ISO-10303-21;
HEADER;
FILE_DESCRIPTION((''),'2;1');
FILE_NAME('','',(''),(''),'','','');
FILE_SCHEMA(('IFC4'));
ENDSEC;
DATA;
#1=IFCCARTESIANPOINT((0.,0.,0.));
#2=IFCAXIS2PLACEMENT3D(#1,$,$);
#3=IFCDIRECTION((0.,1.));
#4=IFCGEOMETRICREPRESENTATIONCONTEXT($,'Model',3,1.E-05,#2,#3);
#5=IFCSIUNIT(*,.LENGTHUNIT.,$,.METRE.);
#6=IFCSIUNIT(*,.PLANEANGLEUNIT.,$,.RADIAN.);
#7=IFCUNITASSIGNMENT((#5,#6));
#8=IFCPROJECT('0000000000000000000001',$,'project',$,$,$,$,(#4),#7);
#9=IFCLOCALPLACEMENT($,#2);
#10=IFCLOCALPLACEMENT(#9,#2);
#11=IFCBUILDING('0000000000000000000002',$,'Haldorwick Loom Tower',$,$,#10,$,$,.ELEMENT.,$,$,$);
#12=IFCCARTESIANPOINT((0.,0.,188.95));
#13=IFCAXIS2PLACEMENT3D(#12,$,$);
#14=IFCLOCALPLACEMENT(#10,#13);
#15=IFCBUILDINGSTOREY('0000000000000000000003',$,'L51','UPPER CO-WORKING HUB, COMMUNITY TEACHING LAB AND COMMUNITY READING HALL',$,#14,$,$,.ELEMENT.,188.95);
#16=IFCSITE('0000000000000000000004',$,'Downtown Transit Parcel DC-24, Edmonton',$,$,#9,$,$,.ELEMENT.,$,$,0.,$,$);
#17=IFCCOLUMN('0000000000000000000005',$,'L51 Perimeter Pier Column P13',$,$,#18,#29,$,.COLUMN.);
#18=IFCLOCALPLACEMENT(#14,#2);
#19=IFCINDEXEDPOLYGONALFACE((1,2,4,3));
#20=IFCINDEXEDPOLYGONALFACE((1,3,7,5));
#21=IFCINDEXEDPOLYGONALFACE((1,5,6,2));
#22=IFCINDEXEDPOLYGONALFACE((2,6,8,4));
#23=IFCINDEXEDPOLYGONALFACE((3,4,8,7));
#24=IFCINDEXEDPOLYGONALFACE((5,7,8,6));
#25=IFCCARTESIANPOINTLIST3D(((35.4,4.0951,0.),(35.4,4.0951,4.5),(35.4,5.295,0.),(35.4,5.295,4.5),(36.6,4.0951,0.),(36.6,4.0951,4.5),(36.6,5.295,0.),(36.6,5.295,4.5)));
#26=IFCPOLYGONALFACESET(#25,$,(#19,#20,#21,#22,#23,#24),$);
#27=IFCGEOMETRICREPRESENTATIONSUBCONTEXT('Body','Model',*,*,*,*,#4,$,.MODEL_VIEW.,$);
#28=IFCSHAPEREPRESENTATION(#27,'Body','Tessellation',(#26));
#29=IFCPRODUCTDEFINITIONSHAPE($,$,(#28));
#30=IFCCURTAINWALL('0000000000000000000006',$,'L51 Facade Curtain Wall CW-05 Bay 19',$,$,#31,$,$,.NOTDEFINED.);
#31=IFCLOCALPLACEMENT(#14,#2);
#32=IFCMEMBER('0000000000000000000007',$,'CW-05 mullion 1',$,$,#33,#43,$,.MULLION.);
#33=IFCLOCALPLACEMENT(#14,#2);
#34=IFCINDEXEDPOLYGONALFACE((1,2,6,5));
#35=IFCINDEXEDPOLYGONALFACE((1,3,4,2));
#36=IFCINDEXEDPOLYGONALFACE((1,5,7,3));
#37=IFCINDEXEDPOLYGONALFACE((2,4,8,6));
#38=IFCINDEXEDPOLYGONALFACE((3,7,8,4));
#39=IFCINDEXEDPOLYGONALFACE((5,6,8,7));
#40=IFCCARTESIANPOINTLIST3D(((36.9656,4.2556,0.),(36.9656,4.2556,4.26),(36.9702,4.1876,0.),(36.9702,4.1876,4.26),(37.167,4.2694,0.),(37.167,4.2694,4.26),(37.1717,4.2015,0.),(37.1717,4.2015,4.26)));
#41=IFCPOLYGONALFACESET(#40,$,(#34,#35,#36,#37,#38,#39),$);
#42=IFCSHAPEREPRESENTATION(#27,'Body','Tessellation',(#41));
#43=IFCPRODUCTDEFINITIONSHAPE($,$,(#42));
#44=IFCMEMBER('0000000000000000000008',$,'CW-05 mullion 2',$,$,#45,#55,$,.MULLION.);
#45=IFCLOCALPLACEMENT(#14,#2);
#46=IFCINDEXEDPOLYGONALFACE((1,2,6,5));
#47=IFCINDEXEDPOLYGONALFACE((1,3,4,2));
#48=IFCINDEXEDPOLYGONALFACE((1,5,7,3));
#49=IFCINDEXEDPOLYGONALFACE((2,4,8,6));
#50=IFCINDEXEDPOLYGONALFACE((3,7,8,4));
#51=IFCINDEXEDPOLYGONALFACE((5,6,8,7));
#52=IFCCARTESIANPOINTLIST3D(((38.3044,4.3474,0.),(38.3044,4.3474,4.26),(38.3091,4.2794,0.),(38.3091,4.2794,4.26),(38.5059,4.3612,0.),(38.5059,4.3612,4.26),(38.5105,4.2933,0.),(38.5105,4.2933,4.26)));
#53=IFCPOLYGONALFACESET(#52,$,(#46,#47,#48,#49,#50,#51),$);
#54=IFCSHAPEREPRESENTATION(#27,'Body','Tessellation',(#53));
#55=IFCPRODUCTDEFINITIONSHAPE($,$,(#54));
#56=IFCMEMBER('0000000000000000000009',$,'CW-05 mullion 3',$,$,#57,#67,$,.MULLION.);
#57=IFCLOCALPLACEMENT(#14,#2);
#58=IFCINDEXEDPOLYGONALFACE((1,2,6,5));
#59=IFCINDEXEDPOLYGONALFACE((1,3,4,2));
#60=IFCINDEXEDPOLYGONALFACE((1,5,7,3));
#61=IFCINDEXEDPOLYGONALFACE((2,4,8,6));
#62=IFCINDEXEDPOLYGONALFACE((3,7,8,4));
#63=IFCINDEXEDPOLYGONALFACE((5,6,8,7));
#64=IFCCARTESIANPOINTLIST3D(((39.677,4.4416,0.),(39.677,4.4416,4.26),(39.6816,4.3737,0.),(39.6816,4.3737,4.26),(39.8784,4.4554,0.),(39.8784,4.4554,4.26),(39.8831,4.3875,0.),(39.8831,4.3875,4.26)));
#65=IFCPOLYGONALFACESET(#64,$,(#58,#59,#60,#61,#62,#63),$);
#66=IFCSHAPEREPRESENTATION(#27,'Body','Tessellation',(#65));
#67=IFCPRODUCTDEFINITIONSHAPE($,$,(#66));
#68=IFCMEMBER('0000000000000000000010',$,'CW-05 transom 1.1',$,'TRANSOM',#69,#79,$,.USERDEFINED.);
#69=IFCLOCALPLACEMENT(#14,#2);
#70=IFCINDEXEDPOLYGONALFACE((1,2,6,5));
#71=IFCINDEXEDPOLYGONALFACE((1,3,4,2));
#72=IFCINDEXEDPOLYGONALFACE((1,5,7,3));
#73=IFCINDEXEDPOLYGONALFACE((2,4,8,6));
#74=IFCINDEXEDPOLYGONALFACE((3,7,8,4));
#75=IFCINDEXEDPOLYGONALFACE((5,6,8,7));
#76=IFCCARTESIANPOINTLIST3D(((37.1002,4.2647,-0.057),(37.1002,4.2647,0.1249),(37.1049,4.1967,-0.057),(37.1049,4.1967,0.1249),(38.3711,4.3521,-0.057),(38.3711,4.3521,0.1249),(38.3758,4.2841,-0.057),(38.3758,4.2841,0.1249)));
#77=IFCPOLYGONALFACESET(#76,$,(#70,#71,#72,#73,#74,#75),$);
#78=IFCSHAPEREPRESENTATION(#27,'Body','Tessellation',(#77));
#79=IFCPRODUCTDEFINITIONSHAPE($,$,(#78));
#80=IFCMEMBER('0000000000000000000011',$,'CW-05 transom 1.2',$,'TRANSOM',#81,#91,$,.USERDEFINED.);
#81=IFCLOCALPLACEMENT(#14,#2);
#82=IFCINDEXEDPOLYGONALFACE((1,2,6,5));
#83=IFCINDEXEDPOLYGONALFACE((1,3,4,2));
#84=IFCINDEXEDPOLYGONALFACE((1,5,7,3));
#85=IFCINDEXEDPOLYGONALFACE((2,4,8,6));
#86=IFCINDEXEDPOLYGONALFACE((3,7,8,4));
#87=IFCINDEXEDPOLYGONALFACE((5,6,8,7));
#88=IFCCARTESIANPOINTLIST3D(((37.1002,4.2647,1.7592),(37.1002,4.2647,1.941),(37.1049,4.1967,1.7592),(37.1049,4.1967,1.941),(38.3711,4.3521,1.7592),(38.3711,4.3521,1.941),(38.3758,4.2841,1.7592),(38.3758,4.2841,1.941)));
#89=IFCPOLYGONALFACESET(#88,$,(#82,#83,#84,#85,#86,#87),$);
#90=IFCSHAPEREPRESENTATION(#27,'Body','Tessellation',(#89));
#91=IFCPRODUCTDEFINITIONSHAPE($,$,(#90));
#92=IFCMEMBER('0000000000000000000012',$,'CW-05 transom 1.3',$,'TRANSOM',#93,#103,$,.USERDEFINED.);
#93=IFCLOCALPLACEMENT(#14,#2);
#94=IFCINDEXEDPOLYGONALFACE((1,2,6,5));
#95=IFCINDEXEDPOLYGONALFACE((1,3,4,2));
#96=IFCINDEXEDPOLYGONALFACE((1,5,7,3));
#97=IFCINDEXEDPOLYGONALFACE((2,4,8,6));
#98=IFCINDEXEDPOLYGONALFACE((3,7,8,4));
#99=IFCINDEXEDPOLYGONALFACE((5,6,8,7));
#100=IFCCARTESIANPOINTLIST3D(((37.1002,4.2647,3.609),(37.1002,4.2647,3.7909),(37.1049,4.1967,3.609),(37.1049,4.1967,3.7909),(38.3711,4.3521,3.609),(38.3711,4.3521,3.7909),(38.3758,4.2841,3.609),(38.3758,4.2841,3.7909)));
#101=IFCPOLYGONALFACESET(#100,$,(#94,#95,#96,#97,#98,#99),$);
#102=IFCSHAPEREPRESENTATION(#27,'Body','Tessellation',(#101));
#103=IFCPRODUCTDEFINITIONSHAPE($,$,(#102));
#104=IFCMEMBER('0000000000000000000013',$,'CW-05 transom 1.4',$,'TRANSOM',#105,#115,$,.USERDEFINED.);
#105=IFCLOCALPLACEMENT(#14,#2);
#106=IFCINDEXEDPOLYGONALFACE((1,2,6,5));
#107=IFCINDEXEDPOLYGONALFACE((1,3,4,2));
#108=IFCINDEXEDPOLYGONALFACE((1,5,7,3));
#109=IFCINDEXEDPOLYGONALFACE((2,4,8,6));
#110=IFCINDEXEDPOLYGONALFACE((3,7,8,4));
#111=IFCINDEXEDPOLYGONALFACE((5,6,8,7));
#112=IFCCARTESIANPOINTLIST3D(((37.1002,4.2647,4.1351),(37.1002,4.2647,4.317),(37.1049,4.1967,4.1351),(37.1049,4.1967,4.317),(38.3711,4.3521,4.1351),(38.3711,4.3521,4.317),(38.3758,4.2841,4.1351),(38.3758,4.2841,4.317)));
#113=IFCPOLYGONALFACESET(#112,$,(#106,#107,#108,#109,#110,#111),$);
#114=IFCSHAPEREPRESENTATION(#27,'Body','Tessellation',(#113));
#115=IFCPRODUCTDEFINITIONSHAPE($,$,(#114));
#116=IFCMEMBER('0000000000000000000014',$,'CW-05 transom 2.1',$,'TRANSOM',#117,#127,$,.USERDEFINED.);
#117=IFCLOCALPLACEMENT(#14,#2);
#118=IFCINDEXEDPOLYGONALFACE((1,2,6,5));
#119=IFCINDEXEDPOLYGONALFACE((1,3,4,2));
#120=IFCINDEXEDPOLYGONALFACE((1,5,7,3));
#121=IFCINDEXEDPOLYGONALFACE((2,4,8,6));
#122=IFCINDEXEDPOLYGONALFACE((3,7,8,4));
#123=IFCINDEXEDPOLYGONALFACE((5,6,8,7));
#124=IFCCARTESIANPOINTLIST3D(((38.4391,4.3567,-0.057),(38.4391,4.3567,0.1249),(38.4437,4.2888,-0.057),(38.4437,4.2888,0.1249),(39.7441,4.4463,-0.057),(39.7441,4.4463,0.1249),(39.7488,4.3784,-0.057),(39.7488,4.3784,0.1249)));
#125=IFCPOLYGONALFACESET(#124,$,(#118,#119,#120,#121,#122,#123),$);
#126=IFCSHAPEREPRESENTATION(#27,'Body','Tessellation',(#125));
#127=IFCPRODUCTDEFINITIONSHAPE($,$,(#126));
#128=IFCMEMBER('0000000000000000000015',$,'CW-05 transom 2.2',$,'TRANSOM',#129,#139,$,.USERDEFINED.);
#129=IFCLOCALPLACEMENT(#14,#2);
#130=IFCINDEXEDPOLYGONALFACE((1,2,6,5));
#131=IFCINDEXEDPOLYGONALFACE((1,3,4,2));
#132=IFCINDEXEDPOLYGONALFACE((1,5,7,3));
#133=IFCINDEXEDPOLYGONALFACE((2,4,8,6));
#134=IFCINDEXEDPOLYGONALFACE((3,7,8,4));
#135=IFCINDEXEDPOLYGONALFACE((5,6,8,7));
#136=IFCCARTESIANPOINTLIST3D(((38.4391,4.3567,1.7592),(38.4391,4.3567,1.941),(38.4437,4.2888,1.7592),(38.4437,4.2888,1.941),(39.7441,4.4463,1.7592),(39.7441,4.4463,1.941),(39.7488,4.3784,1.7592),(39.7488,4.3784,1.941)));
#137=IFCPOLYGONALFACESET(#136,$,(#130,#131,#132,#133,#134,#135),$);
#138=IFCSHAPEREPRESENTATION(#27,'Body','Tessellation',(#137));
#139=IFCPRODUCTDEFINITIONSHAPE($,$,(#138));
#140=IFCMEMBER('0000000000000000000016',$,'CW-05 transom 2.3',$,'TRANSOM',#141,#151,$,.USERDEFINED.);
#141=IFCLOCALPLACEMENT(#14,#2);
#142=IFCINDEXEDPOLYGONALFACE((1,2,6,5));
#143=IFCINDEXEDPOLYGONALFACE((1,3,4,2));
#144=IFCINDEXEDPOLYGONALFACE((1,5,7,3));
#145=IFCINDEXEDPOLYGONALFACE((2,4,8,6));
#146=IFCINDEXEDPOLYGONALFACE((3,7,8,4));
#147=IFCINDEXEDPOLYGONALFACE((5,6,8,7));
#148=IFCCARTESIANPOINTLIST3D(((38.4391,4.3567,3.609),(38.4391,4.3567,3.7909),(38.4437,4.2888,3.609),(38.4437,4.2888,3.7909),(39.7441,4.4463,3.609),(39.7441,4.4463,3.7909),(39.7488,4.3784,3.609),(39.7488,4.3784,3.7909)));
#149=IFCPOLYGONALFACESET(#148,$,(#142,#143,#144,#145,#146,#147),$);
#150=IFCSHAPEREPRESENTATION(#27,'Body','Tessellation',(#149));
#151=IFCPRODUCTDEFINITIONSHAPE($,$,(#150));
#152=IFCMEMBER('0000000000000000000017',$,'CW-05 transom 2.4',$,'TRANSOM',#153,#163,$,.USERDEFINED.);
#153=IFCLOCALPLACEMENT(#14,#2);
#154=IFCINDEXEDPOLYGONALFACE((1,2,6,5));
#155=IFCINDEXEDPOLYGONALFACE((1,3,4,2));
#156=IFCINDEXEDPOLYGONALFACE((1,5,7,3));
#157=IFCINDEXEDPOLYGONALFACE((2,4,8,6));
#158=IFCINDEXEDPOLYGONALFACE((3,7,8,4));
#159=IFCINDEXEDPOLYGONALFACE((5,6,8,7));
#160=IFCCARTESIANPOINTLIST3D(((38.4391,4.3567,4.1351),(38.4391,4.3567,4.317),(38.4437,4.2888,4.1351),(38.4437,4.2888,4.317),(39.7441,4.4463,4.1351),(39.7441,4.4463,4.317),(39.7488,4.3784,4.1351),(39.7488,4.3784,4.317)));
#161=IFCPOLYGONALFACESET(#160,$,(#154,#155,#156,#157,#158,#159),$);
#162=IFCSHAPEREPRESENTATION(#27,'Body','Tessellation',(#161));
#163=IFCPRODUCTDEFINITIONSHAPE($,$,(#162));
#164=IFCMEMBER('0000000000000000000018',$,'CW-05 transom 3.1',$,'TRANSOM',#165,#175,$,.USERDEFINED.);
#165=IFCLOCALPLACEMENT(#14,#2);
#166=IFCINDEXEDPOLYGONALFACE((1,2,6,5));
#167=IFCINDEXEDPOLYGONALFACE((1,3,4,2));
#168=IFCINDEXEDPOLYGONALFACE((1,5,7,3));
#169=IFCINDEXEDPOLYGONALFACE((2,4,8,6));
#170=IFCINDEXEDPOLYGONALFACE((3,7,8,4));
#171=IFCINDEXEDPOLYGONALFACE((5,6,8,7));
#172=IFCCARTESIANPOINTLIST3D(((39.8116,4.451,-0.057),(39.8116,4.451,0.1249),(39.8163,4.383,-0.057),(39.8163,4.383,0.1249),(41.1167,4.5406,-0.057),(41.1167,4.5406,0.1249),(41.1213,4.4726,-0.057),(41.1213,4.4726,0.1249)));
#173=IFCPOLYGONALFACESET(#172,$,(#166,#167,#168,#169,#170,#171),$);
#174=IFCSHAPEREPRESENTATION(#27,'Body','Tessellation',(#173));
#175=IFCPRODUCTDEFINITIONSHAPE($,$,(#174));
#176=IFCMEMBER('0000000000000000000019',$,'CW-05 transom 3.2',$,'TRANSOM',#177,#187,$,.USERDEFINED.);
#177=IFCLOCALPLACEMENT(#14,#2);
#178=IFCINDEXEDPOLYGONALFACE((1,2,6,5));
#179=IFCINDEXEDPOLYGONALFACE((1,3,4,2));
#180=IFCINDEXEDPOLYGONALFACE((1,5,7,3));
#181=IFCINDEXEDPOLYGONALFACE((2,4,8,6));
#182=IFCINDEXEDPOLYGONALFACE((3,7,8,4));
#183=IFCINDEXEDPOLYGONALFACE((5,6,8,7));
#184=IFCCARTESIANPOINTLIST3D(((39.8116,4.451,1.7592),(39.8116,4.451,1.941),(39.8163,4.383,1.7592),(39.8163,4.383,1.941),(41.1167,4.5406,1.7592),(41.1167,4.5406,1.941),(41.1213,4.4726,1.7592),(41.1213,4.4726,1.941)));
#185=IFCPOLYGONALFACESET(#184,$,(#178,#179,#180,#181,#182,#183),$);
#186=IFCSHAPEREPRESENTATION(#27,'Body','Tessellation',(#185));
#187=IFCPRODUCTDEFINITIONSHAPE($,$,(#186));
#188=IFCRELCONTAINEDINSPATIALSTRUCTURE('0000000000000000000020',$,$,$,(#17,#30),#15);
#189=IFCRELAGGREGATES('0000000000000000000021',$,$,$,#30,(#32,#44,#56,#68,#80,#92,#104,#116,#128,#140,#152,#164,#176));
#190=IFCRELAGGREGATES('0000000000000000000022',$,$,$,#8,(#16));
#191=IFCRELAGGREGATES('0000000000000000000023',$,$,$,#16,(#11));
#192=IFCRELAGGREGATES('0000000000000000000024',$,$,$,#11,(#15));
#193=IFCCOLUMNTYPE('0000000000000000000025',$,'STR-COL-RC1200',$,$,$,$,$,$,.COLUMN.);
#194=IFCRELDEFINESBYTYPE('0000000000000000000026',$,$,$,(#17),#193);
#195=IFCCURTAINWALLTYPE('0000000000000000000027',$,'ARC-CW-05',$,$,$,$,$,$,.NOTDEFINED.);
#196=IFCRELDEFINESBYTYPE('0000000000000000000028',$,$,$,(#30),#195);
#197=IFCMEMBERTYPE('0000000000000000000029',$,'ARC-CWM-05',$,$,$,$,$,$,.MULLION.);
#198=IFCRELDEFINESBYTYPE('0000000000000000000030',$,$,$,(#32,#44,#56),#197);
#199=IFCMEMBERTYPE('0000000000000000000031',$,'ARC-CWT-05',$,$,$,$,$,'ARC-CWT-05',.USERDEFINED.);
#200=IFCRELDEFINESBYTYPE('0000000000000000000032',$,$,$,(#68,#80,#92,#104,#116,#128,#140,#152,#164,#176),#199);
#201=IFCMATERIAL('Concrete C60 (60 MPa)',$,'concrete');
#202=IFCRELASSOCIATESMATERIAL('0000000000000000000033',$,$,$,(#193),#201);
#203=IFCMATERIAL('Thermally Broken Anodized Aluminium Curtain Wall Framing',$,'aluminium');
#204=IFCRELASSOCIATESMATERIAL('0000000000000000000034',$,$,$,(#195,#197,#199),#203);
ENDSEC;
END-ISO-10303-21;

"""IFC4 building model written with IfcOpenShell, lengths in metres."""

from ifc_helpers import new_model, si_unit, direction, frame, origin, origin_2d, place, context, subcontext, project, spatial, rectangle, extrude, material, material_profile, profile_set, type_object, element, aggregate, save


model = new_model("IFC4")

# Units and contexts
model_context = context("Model", 3, precision=1e-05, world=origin(), true_north=direction((0.0, 1.0)))
body_context = subcontext(model_context, "Body", "Model", "MODEL_VIEW")
ifc_project = project(units=[si_unit("LENGTHUNIT", "METRE"), si_unit("PLANEANGLEUNIT", "RADIAN")], contexts=[model_context])

# Site, building, storey
site_placement = place(None, origin())
site = spatial("IfcSite", under=ifc_project, at=site_placement, Name="Downtown Transit Parcel DC-24, Edmonton", CompositionType="ELEMENT", RefElevation=0.0)
building_placement = place(site_placement, origin())
building = spatial("IfcBuilding", under=site, at=building_placement, Name="Haldorwick Loom Tower", CompositionType="ELEMENT")
storey_placement = place(building_placement, frame((0.0, 0.0, 188.95)))
storey = spatial("IfcBuildingStorey", under=building, at=storey_placement, Name="L51", Description="UPPER CO-WORKING HUB, COMMUNITY TEACHING LAB AND COMMUNITY READING HALL", CompositionType="ELEMENT", Elevation=188.95)

# Column
ifc_material_1 = material(Name="Concrete C60 (60 MPa)", Category="concrete")
ifc_material_profile_1 = material_profile(ifc_material_1, rectangle(XDim=1.2, YDim=1.2, at=origin_2d()), Name="RC1200X1200", Category="concrete")
ifc_profile_set_1 = profile_set([ifc_material_profile_1], Name="Concrete C60 (60 MPa)")
column_type = type_object("IfcColumnType", Name="STR-COL-RC1200", PredefinedType="COLUMN", material=ifc_profile_set_1)
column_placement = place(storey_placement, frame((36.0, 4.6951, 0.0), z_axis=(0.0, 0.0, 1.0), x_axis=(0.0, -1.0, 0.0)))
element("IfcColumn", 1, at=column_placement, inside=storey, type_object=column_type, Name="L51 Perimeter Pier Column P13", PredefinedType="COLUMN", context=body_context, shape_type="SweptSolid", body=[
    extrude(rectangle(XDim=1.2, YDim=1.2, at=origin_2d()), origin(), (0.0, 0.0, 1.0), 4.5),
])

# Curtain wall, members
ifc_material_2 = material(Name="Thermally Broken Anodized Aluminium Curtain Wall Framing", Category="aluminium")
curtain_wall_type = type_object("IfcCurtainWallType", Name="ARC-CW-05", PredefinedType="NOTDEFINED", material=ifc_material_2)
curtain_wall_placement = place(storey_placement, origin())
curtain_wall = element("IfcCurtainWall", 2, at=curtain_wall_placement, inside=storey, type_object=curtain_wall_type, Name="L51 Facade Curtain Wall CW-05 Bay 19", PredefinedType="NOTDEFINED")
ifc_material_profile_2 = material_profile(ifc_material_2, rectangle(XDim=0.0681, YDim=0.2019, at=origin_2d()), Name="ALU_MUL_68X202", Category="aluminium")
ifc_profile_set_2 = profile_set([ifc_material_profile_2], Name="Thermally Broken Anodized Aluminium Curtain Wall Framing")
member_type_1 = type_object("IfcMemberType", Name="ARC-CWM-05", PredefinedType="MULLION", material=ifc_profile_set_2)
member_1_placement = place(storey_placement, frame((37.0686, 4.2285, 0.0), z_axis=(0.0, 0.0, 1.0), x_axis=(-0.068513, 0.99765, 0.0)))
member_1 = element("IfcMember", 3, at=member_1_placement, type_object=member_type_1, Name="CW-05 mullion 1", PredefinedType="MULLION", context=body_context, shape_type="SweptSolid", body=[
    extrude(rectangle(XDim=0.0681, YDim=0.2019, at=origin_2d()), origin(), (0.0, 0.0, 1.0), 4.26),
])
member_2_placement = place(storey_placement, frame((38.4075, 4.3203, 0.0), z_axis=(0.0, 0.0, 1.0), x_axis=(-0.068513, 0.99765, 0.0)))
member_2 = element("IfcMember", 4, at=member_2_placement, type_object=member_type_1, Name="CW-05 mullion 2", PredefinedType="MULLION", context=body_context, shape_type="SweptSolid", body=[
    extrude(rectangle(XDim=0.0681, YDim=0.2019, at=origin_2d()), origin(), (0.0, 0.0, 1.0), 4.26),
])
member_3_placement = place(storey_placement, frame((39.78, 4.4146, 0.0), z_axis=(0.0, 0.0, 1.0), x_axis=(-0.068513, 0.99765, 0.0)))
member_3 = element("IfcMember", 5, at=member_3_placement, type_object=member_type_1, Name="CW-05 mullion 3", PredefinedType="MULLION", context=body_context, shape_type="SweptSolid", body=[
    extrude(rectangle(XDim=0.0681, YDim=0.2019, at=origin_2d()), origin(), (0.0, 0.0, 1.0), 4.26),
])
ifc_material_profile_3 = material_profile(ifc_material_2, rectangle(XDim=0.0681, YDim=0.1819, at=origin_2d()), Name="ALU_TRN_68X182", Category="aluminium")
ifc_profile_set_3 = profile_set([ifc_material_profile_3], Name="Thermally Broken Anodized Aluminium Curtain Wall Framing")
member_type_2 = type_object("IfcMemberType", Name="ARC-CWT-05", ElementType="ARC-CWT-05", PredefinedType="USERDEFINED", material=ifc_profile_set_3)
member_4_placement = place(storey_placement, frame((37.1025, 4.2307, 0.0339), z_axis=(0.997644, 0.068605, 0.0), x_axis=(-0.068605, 0.997644, 0.0)))
member_4 = element("IfcMember", 6, at=member_4_placement, type_object=member_type_2, Name="CW-05 transom 1.1", ObjectType="TRANSOM", PredefinedType="USERDEFINED", context=body_context, shape_type="SweptSolid", body=[
    extrude(rectangle(XDim=0.0681, YDim=0.1819, at=origin_2d()), origin(), (0.0, 0.0, 1.0), 1.2739),
])
member_5_placement = place(storey_placement, frame((37.1025, 4.2307, 1.8501), z_axis=(0.997644, 0.068605, 0.0), x_axis=(-0.068605, 0.997644, 0.0)))
member_5 = element("IfcMember", 7, at=member_5_placement, type_object=member_type_2, Name="CW-05 transom 1.2", ObjectType="TRANSOM", PredefinedType="USERDEFINED", context=body_context, shape_type="SweptSolid", body=[
    extrude(rectangle(XDim=0.0681, YDim=0.1819, at=origin_2d()), origin(), (0.0, 0.0, 1.0), 1.2739),
])
member_6_placement = place(storey_placement, frame((37.1025, 4.2307, 3.7), z_axis=(0.997644, 0.068605, 0.0), x_axis=(-0.068605, 0.997644, 0.0)))
member_6 = element("IfcMember", 8, at=member_6_placement, type_object=member_type_2, Name="CW-05 transom 1.3", ObjectType="TRANSOM", PredefinedType="USERDEFINED", context=body_context, shape_type="SweptSolid", body=[
    extrude(rectangle(XDim=0.0681, YDim=0.1819, at=origin_2d()), origin(), (0.0, 0.0, 1.0), 1.2739),
])
member_7_placement = place(storey_placement, frame((37.1025, 4.2307, 4.2261), z_axis=(0.997644, 0.068605, 0.0), x_axis=(-0.068605, 0.997644, 0.0)))
member_7 = element("IfcMember", 9, at=member_7_placement, type_object=member_type_2, Name="CW-05 transom 1.4", ObjectType="TRANSOM", PredefinedType="USERDEFINED", context=body_context, shape_type="SweptSolid", body=[
    extrude(rectangle(XDim=0.0681, YDim=0.1819, at=origin_2d()), origin(), (0.0, 0.0, 1.0), 1.2739),
])
member_8_placement = place(storey_placement, frame((38.4414, 4.3228, 0.0339), z_axis=(0.997651, 0.068501, 0.0), x_axis=(-0.068501, 0.997651, 0.0)))
member_8 = element("IfcMember", 10, at=member_8_placement, type_object=member_type_2, Name="CW-05 transom 2.1", ObjectType="TRANSOM", PredefinedType="USERDEFINED", context=body_context, shape_type="SweptSolid", body=[
    extrude(rectangle(XDim=0.0681, YDim=0.1819, at=origin_2d()), origin(), (0.0, 0.0, 1.0), 1.3081),
])
member_9_placement = place(storey_placement, frame((38.4414, 4.3228, 1.8501), z_axis=(0.997651, 0.068501, 0.0), x_axis=(-0.068501, 0.997651, 0.0)))
member_9 = element("IfcMember", 11, at=member_9_placement, type_object=member_type_2, Name="CW-05 transom 2.2", ObjectType="TRANSOM", PredefinedType="USERDEFINED", context=body_context, shape_type="SweptSolid", body=[
    extrude(rectangle(XDim=0.0681, YDim=0.1819, at=origin_2d()), origin(), (0.0, 0.0, 1.0), 1.3081),
])
member_10_placement = place(storey_placement, frame((38.4414, 4.3228, 3.7), z_axis=(0.997651, 0.068501, 0.0), x_axis=(-0.068501, 0.997651, 0.0)))
member_10 = element("IfcMember", 12, at=member_10_placement, type_object=member_type_2, Name="CW-05 transom 2.3", ObjectType="TRANSOM", PredefinedType="USERDEFINED", context=body_context, shape_type="SweptSolid", body=[
    extrude(rectangle(XDim=0.0681, YDim=0.1819, at=origin_2d()), origin(), (0.0, 0.0, 1.0), 1.3081),
])
member_11_placement = place(storey_placement, frame((38.4414, 4.3228, 4.2261), z_axis=(0.997651, 0.068501, 0.0), x_axis=(-0.068501, 0.997651, 0.0)))
member_11 = element("IfcMember", 13, at=member_11_placement, type_object=member_type_2, Name="CW-05 transom 2.4", ObjectType="TRANSOM", PredefinedType="USERDEFINED", context=body_context, shape_type="SweptSolid", body=[
    extrude(rectangle(XDim=0.0681, YDim=0.1819, at=origin_2d()), origin(), (0.0, 0.0, 1.0), 1.3081),
])
member_12_placement = place(storey_placement, frame((39.814, 4.417, 0.0339), z_axis=(0.997651, 0.068501, 0.0), x_axis=(-0.068501, 0.997651, 0.0)))
member_12 = element("IfcMember", 14, at=member_12_placement, type_object=member_type_2, Name="CW-05 transom 3.1", ObjectType="TRANSOM", PredefinedType="USERDEFINED", context=body_context, shape_type="SweptSolid", body=[
    extrude(rectangle(XDim=0.0681, YDim=0.1819, at=origin_2d()), origin(), (0.0, 0.0, 1.0), 1.3081),
])
member_13_placement = place(storey_placement, frame((39.814, 4.417, 1.8501), z_axis=(0.997651, 0.068501, 0.0), x_axis=(-0.068501, 0.997651, 0.0)))
member_13 = element("IfcMember", 15, at=member_13_placement, type_object=member_type_2, Name="CW-05 transom 3.2", ObjectType="TRANSOM", PredefinedType="USERDEFINED", context=body_context, shape_type="SweptSolid", body=[
    extrude(rectangle(XDim=0.0681, YDim=0.1819, at=origin_2d()), origin(), (0.0, 0.0, 1.0), 1.3081),
])

aggregate(curtain_wall, [member_1, member_2, member_3, member_4, member_5, member_6, member_7, member_8, member_9, member_10, member_11, member_12, member_13])

save(model, "model.ifc")
